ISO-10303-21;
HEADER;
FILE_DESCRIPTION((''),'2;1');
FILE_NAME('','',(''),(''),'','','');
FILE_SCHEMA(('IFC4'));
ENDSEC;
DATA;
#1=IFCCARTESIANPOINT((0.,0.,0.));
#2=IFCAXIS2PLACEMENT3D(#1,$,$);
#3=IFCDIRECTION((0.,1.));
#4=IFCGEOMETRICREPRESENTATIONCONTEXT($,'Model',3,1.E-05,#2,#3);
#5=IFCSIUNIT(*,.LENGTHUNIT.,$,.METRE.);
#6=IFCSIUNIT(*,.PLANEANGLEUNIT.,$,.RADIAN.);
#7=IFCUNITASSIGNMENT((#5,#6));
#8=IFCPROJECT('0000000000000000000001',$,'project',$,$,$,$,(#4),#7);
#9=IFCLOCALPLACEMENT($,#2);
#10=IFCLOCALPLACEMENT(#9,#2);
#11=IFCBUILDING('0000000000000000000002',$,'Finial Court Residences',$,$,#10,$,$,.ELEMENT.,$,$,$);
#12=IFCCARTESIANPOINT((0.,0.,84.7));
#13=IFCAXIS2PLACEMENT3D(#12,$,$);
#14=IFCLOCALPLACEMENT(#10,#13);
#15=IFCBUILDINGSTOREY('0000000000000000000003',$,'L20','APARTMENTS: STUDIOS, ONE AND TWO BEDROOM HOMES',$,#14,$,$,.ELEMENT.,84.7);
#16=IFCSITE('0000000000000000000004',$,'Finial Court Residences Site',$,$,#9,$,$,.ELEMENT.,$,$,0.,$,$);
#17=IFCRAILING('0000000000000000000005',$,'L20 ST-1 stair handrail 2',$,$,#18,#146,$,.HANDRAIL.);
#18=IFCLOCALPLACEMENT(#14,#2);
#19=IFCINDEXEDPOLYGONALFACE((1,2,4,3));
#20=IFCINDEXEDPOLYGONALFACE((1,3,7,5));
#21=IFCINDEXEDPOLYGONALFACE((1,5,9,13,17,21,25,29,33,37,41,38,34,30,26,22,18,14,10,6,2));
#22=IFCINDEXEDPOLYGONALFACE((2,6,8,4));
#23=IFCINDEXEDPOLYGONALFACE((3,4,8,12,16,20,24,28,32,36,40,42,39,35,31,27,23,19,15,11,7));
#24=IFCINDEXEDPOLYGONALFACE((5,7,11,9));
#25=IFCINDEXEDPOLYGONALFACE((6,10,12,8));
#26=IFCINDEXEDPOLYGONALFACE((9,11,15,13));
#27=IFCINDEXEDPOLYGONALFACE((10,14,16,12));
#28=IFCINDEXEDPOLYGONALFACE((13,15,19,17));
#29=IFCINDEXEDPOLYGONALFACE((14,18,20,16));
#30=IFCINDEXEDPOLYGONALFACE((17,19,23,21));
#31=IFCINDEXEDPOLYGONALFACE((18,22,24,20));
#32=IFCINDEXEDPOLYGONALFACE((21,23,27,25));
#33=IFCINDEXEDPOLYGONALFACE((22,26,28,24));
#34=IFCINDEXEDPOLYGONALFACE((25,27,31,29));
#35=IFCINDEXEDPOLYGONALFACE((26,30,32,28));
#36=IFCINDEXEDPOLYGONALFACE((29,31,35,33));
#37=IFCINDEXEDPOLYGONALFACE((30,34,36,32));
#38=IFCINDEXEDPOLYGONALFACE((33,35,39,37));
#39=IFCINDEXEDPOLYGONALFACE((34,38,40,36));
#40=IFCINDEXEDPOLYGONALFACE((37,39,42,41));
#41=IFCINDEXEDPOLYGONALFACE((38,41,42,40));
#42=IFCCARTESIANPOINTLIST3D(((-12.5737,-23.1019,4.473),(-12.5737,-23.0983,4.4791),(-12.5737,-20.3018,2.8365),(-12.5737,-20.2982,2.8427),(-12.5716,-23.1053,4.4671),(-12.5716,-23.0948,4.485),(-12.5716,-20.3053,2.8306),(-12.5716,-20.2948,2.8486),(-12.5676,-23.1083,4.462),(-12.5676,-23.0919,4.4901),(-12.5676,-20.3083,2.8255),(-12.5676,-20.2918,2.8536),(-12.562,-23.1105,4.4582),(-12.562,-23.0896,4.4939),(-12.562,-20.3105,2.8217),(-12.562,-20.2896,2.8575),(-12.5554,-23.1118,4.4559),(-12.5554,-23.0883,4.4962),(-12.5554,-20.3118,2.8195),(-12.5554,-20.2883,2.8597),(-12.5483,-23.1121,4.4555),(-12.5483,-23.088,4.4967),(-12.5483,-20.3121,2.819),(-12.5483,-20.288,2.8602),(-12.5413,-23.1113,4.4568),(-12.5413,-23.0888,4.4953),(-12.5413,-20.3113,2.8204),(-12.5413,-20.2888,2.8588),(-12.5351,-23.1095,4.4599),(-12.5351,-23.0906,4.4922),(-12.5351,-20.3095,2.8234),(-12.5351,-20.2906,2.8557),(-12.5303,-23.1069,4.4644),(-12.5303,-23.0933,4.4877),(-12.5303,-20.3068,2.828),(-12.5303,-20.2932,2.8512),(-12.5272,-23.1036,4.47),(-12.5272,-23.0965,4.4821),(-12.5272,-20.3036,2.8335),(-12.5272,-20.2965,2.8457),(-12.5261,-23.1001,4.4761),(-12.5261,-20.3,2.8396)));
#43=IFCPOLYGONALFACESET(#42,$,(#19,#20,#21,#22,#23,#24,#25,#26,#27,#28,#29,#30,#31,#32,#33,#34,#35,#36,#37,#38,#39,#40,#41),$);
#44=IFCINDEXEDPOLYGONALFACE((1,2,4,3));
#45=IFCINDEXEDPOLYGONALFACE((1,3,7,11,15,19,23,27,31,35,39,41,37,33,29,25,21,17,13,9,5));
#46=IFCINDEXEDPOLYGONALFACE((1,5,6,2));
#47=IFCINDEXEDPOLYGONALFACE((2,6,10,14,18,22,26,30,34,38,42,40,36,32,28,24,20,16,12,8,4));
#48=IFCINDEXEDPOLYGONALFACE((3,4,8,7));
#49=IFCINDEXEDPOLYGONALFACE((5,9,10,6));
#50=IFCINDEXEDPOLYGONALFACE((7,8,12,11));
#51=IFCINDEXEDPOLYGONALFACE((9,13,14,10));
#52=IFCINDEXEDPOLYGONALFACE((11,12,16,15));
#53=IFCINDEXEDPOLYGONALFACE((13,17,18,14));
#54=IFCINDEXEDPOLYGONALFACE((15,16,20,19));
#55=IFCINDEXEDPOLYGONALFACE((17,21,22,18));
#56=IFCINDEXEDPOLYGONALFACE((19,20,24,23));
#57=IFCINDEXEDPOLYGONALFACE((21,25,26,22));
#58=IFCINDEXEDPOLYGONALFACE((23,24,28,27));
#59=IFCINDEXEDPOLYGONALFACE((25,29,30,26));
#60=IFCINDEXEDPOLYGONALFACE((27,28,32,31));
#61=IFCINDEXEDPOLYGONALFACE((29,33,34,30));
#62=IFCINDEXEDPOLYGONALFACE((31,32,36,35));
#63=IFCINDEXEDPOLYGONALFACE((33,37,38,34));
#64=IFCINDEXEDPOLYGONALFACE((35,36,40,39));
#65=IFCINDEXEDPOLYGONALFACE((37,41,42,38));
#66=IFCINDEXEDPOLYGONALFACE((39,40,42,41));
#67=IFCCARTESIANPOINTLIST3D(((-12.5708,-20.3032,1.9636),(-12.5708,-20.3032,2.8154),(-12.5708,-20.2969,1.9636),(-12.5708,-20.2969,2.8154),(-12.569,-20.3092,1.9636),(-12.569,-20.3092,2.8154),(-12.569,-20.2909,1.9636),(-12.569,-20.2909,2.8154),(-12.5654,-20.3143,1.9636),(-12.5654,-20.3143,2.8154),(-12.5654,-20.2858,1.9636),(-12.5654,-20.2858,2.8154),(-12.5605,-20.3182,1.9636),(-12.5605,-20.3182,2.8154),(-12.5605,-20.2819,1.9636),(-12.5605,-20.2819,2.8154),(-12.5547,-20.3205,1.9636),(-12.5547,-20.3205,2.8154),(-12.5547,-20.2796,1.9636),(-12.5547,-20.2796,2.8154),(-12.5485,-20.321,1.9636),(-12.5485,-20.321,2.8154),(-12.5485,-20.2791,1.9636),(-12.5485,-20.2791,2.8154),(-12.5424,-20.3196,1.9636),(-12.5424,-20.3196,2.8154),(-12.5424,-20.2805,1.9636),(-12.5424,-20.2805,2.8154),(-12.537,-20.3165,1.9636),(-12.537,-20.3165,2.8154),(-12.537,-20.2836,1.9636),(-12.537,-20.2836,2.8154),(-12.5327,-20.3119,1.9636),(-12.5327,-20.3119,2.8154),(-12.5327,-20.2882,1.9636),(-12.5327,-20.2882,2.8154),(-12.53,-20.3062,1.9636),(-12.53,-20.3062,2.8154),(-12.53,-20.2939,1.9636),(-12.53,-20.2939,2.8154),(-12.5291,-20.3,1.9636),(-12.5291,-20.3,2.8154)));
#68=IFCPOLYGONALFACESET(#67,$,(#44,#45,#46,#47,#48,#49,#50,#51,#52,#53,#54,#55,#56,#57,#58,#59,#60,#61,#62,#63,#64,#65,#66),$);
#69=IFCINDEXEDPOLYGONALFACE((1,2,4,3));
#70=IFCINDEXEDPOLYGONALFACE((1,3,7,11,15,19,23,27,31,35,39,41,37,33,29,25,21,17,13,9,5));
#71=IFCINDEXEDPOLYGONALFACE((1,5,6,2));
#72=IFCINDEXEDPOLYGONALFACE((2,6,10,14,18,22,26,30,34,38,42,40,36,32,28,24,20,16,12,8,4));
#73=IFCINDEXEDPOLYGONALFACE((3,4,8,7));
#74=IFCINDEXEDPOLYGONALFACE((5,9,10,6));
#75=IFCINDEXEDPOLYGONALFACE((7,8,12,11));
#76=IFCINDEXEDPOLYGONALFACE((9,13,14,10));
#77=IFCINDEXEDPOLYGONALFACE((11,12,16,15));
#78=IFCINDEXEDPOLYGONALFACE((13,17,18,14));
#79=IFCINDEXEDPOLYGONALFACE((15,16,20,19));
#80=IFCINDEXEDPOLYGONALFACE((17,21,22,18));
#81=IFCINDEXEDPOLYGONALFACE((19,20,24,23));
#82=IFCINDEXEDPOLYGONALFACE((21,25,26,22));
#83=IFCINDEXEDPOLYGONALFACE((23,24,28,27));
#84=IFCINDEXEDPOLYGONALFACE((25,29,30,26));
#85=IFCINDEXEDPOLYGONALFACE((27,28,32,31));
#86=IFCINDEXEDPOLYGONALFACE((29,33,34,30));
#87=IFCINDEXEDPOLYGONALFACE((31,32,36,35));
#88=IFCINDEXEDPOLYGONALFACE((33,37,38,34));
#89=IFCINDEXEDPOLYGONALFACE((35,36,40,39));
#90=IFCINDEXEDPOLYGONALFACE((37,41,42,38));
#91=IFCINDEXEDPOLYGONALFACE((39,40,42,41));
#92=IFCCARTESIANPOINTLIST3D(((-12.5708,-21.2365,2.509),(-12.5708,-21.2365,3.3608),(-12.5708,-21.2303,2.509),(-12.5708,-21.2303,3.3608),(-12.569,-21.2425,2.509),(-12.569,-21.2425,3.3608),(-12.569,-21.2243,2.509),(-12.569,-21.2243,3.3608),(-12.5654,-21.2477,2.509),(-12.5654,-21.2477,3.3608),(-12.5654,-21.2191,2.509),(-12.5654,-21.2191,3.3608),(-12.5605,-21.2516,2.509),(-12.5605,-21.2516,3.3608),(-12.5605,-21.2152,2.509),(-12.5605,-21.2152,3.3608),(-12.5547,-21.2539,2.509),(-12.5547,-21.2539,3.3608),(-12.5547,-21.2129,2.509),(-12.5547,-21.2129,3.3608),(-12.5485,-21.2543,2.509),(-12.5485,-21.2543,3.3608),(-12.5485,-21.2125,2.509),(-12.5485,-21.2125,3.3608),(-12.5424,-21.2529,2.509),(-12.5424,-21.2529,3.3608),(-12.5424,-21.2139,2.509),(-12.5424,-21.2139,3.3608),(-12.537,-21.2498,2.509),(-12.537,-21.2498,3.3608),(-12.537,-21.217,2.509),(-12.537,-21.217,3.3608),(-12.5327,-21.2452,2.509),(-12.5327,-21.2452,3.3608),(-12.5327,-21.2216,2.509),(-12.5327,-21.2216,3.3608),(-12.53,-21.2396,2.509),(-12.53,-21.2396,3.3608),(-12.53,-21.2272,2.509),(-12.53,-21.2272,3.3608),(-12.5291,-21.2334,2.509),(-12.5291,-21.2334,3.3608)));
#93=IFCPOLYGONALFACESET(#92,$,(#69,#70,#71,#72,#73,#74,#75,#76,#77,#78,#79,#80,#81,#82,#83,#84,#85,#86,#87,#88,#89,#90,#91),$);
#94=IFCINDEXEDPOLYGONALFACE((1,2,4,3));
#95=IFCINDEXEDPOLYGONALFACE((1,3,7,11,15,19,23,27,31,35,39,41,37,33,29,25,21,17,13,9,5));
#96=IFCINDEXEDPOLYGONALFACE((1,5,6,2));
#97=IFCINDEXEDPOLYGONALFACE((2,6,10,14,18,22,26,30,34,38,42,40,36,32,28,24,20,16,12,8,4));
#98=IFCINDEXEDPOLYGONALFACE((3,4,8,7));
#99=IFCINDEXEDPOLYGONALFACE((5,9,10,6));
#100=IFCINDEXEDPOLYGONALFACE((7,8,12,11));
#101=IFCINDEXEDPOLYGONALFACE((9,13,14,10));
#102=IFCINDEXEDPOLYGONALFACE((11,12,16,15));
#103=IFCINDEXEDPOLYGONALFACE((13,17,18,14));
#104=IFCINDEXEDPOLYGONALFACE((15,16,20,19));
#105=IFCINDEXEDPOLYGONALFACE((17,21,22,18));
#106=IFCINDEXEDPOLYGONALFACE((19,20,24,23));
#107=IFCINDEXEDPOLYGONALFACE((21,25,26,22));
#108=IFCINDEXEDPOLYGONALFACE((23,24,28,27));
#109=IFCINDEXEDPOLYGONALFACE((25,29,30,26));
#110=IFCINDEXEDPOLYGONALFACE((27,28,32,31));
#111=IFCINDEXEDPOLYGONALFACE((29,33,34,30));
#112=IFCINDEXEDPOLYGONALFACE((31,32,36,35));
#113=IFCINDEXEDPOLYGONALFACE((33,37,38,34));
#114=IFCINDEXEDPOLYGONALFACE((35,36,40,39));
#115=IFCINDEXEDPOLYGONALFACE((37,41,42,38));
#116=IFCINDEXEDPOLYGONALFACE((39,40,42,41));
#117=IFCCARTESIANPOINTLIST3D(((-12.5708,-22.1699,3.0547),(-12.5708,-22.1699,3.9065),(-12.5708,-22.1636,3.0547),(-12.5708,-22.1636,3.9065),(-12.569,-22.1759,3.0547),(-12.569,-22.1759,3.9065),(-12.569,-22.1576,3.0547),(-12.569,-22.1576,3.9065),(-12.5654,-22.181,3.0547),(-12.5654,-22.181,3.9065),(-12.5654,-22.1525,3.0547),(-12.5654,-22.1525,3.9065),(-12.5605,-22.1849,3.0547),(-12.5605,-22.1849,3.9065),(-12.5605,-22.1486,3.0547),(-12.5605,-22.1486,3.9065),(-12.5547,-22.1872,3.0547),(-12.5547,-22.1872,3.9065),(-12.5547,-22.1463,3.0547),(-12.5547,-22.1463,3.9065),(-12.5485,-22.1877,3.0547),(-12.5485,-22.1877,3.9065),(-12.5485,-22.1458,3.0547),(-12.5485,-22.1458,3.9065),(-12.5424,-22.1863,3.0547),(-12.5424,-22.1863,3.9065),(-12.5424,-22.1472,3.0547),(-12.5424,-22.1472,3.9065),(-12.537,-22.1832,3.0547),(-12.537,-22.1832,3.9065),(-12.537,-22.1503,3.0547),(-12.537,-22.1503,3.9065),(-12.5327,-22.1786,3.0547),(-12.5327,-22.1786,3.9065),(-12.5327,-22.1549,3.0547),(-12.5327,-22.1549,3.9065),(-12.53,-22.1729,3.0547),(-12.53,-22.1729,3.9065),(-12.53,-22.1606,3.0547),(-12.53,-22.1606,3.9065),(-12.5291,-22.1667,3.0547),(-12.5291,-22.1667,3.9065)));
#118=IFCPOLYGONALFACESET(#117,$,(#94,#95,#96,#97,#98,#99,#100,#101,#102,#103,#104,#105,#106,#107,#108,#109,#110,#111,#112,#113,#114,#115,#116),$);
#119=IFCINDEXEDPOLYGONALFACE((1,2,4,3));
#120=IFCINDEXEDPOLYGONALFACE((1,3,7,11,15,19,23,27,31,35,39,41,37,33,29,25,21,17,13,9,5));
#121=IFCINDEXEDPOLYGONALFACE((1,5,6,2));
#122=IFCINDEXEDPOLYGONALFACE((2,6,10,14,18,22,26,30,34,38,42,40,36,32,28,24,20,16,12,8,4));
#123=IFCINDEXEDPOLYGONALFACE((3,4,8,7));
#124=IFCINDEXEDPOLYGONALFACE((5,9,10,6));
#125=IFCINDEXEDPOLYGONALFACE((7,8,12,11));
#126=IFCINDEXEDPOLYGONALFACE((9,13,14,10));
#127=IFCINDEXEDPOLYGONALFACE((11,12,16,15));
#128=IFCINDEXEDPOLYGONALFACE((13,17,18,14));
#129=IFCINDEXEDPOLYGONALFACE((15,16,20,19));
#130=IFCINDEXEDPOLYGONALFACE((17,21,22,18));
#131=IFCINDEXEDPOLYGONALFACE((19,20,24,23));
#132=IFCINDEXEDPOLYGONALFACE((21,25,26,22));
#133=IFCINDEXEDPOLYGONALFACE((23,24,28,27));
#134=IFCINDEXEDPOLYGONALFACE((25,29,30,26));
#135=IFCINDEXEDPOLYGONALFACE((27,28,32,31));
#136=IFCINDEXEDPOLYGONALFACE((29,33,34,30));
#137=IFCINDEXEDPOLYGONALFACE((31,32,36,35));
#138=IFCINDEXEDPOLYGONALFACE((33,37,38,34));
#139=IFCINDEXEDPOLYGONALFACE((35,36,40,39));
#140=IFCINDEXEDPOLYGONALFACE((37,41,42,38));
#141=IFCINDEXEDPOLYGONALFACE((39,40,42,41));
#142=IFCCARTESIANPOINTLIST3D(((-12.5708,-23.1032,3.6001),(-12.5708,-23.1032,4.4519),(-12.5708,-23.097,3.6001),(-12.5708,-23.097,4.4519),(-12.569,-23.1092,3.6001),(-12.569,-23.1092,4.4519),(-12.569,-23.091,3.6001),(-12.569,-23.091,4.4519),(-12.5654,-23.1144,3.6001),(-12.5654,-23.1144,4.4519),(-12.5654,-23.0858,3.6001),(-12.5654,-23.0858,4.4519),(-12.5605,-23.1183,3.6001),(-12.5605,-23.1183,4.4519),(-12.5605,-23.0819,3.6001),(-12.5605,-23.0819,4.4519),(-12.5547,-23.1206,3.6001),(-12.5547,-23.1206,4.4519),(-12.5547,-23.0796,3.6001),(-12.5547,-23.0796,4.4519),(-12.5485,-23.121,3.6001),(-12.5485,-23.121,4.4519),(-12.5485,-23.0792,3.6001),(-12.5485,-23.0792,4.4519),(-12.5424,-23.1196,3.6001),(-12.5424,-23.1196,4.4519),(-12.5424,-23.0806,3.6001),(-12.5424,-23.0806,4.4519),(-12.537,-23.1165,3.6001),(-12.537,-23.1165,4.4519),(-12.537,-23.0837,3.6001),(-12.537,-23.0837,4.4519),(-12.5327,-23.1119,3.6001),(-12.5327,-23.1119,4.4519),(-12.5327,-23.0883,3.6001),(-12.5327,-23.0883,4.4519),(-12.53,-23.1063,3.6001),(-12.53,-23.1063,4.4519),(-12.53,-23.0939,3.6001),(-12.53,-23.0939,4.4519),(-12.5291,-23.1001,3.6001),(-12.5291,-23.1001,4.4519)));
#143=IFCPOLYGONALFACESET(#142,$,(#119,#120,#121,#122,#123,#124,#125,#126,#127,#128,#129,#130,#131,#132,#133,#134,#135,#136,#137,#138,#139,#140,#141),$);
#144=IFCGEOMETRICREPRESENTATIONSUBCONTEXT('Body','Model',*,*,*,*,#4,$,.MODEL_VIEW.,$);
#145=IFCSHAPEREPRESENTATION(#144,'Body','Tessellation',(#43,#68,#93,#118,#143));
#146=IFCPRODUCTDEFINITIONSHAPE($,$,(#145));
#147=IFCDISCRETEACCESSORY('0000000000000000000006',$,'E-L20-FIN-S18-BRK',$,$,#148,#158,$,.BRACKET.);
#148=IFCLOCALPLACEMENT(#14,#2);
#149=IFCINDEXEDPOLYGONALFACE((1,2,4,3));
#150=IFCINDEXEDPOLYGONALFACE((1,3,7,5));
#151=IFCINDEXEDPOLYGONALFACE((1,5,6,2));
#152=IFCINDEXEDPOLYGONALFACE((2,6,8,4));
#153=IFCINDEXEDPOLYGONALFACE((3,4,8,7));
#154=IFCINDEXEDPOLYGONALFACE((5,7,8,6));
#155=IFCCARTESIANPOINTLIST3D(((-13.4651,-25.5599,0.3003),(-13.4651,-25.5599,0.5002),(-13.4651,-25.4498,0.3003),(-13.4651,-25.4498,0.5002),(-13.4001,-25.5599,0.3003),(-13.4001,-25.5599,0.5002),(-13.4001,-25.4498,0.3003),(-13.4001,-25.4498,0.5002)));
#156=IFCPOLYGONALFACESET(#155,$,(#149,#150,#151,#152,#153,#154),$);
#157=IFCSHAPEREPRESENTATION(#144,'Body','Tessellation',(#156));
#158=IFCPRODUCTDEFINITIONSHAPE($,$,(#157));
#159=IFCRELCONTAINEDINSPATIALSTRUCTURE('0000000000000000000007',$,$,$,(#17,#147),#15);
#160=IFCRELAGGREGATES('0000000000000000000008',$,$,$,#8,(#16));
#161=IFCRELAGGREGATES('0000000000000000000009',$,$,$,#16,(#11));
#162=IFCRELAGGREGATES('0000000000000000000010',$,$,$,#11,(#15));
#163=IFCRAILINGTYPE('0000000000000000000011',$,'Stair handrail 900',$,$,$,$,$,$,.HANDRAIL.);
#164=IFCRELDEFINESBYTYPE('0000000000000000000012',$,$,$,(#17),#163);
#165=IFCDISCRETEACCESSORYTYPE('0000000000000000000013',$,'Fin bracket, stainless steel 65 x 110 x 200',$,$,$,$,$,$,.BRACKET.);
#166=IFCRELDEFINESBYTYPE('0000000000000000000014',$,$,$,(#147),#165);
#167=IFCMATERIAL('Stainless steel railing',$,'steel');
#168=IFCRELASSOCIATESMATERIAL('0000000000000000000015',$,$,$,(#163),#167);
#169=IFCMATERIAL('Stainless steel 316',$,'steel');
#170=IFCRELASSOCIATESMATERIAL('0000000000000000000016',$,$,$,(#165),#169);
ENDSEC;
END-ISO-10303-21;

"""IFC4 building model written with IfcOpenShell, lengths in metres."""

from ifc_helpers import new_model, si_unit, direction, frame, origin, origin_2d, place, context, subcontext, project, spatial, rectangle, circle, extrude, material, type_object, element, save


model = new_model("IFC4")

# Units and contexts
model_context = context("Model", 3, precision=1e-05, world=origin(), true_north=direction((0.0, 1.0)))
body_context = subcontext(model_context, "Body", "Model", "MODEL_VIEW")
ifc_project = project(units=[si_unit("LENGTHUNIT", "METRE"), si_unit("PLANEANGLEUNIT", "RADIAN")], contexts=[model_context])

# Site, building, storey
site_placement = place(None, origin())
site = spatial("IfcSite", under=ifc_project, at=site_placement, Name="Finial Court Residences Site", CompositionType="ELEMENT", RefElevation=0.0)
building_placement = place(site_placement, origin())
building = spatial("IfcBuilding", under=site, at=building_placement, Name="Finial Court Residences", CompositionType="ELEMENT")
storey_placement = place(building_placement, frame((0.0, 0.0, 84.7)))
storey = spatial("IfcBuildingStorey", under=building, at=storey_placement, Name="L20", Description="APARTMENTS: STUDIOS, ONE AND TWO BEDROOM HOMES", CompositionType="ELEMENT", Elevation=84.7)

# Railing
ifc_material_1 = material(Name="Stainless steel railing", Category="steel")
railing_type_1 = type_object("IfcRailingType", Name="Stair handrail 900", PredefinedType="HANDRAIL", material=ifc_material_1)
railing_1_placement = place(storey_placement, frame((-12.55, -20.3, 1.9636)))
element("IfcRailing", 1, at=railing_1_placement, inside=storey, type_object=railing_type_1, Name="L20 ST-1 stair handrail 2", PredefinedType="HANDRAIL", context=body_context, shape_type="SweptSolid", body=[
    extrude(circle(Radius=0.0239, at=origin_2d()), frame((0.0, 0.0, 0.876), z_axis=(0.0, -0.863361, 0.504587), x_axis=(1.0, 0.0, 0.0)), (0.0, 0.0, 1.0), 3.2432),
    extrude(circle(Radius=0.021, at=origin_2d()), origin(), (0.0, 0.0, 1.0), 0.8518),
    extrude(circle(Radius=0.021, at=origin_2d()), frame((0.0, -0.9333, 0.5454)), (0.0, 0.0, 1.0), 0.8518),
    extrude(circle(Radius=0.021, at=origin_2d()), frame((0.0, -1.8667, 1.0911)), (0.0, 0.0, 1.0), 0.8518),
    extrude(circle(Radius=0.021, at=origin_2d()), frame((0.0, -2.8, 1.6365)), (0.0, 0.0, 1.0), 0.8518),
])

# Discrete accessory
ifc_material_2 = material(Name="Stainless steel 316", Category="steel")
discrete_accessory_type = type_object("IfcDiscreteAccessoryType", Name="Fin bracket, stainless steel 65 x 110 x 200", PredefinedType="BRACKET", material=ifc_material_2)
discrete_accessory_placement = place(storey_placement, frame((-13.4326, -25.5049, 0.3003), z_axis=(0.0, 0.0, 1.0), x_axis=(1.0, 0.0, 0.0)))
element("IfcDiscreteAccessory", 2, at=discrete_accessory_placement, inside=storey, type_object=discrete_accessory_type, Name="E-L20-FIN-S18-BRK", PredefinedType="BRACKET", context=body_context, shape_type="SweptSolid", body=[
    extrude(rectangle(XDim=0.0649, YDim=0.1101, at=origin_2d()), origin(), (0.0, 0.0, 1.0), 0.2),
])

save(model, "model.ifc")
